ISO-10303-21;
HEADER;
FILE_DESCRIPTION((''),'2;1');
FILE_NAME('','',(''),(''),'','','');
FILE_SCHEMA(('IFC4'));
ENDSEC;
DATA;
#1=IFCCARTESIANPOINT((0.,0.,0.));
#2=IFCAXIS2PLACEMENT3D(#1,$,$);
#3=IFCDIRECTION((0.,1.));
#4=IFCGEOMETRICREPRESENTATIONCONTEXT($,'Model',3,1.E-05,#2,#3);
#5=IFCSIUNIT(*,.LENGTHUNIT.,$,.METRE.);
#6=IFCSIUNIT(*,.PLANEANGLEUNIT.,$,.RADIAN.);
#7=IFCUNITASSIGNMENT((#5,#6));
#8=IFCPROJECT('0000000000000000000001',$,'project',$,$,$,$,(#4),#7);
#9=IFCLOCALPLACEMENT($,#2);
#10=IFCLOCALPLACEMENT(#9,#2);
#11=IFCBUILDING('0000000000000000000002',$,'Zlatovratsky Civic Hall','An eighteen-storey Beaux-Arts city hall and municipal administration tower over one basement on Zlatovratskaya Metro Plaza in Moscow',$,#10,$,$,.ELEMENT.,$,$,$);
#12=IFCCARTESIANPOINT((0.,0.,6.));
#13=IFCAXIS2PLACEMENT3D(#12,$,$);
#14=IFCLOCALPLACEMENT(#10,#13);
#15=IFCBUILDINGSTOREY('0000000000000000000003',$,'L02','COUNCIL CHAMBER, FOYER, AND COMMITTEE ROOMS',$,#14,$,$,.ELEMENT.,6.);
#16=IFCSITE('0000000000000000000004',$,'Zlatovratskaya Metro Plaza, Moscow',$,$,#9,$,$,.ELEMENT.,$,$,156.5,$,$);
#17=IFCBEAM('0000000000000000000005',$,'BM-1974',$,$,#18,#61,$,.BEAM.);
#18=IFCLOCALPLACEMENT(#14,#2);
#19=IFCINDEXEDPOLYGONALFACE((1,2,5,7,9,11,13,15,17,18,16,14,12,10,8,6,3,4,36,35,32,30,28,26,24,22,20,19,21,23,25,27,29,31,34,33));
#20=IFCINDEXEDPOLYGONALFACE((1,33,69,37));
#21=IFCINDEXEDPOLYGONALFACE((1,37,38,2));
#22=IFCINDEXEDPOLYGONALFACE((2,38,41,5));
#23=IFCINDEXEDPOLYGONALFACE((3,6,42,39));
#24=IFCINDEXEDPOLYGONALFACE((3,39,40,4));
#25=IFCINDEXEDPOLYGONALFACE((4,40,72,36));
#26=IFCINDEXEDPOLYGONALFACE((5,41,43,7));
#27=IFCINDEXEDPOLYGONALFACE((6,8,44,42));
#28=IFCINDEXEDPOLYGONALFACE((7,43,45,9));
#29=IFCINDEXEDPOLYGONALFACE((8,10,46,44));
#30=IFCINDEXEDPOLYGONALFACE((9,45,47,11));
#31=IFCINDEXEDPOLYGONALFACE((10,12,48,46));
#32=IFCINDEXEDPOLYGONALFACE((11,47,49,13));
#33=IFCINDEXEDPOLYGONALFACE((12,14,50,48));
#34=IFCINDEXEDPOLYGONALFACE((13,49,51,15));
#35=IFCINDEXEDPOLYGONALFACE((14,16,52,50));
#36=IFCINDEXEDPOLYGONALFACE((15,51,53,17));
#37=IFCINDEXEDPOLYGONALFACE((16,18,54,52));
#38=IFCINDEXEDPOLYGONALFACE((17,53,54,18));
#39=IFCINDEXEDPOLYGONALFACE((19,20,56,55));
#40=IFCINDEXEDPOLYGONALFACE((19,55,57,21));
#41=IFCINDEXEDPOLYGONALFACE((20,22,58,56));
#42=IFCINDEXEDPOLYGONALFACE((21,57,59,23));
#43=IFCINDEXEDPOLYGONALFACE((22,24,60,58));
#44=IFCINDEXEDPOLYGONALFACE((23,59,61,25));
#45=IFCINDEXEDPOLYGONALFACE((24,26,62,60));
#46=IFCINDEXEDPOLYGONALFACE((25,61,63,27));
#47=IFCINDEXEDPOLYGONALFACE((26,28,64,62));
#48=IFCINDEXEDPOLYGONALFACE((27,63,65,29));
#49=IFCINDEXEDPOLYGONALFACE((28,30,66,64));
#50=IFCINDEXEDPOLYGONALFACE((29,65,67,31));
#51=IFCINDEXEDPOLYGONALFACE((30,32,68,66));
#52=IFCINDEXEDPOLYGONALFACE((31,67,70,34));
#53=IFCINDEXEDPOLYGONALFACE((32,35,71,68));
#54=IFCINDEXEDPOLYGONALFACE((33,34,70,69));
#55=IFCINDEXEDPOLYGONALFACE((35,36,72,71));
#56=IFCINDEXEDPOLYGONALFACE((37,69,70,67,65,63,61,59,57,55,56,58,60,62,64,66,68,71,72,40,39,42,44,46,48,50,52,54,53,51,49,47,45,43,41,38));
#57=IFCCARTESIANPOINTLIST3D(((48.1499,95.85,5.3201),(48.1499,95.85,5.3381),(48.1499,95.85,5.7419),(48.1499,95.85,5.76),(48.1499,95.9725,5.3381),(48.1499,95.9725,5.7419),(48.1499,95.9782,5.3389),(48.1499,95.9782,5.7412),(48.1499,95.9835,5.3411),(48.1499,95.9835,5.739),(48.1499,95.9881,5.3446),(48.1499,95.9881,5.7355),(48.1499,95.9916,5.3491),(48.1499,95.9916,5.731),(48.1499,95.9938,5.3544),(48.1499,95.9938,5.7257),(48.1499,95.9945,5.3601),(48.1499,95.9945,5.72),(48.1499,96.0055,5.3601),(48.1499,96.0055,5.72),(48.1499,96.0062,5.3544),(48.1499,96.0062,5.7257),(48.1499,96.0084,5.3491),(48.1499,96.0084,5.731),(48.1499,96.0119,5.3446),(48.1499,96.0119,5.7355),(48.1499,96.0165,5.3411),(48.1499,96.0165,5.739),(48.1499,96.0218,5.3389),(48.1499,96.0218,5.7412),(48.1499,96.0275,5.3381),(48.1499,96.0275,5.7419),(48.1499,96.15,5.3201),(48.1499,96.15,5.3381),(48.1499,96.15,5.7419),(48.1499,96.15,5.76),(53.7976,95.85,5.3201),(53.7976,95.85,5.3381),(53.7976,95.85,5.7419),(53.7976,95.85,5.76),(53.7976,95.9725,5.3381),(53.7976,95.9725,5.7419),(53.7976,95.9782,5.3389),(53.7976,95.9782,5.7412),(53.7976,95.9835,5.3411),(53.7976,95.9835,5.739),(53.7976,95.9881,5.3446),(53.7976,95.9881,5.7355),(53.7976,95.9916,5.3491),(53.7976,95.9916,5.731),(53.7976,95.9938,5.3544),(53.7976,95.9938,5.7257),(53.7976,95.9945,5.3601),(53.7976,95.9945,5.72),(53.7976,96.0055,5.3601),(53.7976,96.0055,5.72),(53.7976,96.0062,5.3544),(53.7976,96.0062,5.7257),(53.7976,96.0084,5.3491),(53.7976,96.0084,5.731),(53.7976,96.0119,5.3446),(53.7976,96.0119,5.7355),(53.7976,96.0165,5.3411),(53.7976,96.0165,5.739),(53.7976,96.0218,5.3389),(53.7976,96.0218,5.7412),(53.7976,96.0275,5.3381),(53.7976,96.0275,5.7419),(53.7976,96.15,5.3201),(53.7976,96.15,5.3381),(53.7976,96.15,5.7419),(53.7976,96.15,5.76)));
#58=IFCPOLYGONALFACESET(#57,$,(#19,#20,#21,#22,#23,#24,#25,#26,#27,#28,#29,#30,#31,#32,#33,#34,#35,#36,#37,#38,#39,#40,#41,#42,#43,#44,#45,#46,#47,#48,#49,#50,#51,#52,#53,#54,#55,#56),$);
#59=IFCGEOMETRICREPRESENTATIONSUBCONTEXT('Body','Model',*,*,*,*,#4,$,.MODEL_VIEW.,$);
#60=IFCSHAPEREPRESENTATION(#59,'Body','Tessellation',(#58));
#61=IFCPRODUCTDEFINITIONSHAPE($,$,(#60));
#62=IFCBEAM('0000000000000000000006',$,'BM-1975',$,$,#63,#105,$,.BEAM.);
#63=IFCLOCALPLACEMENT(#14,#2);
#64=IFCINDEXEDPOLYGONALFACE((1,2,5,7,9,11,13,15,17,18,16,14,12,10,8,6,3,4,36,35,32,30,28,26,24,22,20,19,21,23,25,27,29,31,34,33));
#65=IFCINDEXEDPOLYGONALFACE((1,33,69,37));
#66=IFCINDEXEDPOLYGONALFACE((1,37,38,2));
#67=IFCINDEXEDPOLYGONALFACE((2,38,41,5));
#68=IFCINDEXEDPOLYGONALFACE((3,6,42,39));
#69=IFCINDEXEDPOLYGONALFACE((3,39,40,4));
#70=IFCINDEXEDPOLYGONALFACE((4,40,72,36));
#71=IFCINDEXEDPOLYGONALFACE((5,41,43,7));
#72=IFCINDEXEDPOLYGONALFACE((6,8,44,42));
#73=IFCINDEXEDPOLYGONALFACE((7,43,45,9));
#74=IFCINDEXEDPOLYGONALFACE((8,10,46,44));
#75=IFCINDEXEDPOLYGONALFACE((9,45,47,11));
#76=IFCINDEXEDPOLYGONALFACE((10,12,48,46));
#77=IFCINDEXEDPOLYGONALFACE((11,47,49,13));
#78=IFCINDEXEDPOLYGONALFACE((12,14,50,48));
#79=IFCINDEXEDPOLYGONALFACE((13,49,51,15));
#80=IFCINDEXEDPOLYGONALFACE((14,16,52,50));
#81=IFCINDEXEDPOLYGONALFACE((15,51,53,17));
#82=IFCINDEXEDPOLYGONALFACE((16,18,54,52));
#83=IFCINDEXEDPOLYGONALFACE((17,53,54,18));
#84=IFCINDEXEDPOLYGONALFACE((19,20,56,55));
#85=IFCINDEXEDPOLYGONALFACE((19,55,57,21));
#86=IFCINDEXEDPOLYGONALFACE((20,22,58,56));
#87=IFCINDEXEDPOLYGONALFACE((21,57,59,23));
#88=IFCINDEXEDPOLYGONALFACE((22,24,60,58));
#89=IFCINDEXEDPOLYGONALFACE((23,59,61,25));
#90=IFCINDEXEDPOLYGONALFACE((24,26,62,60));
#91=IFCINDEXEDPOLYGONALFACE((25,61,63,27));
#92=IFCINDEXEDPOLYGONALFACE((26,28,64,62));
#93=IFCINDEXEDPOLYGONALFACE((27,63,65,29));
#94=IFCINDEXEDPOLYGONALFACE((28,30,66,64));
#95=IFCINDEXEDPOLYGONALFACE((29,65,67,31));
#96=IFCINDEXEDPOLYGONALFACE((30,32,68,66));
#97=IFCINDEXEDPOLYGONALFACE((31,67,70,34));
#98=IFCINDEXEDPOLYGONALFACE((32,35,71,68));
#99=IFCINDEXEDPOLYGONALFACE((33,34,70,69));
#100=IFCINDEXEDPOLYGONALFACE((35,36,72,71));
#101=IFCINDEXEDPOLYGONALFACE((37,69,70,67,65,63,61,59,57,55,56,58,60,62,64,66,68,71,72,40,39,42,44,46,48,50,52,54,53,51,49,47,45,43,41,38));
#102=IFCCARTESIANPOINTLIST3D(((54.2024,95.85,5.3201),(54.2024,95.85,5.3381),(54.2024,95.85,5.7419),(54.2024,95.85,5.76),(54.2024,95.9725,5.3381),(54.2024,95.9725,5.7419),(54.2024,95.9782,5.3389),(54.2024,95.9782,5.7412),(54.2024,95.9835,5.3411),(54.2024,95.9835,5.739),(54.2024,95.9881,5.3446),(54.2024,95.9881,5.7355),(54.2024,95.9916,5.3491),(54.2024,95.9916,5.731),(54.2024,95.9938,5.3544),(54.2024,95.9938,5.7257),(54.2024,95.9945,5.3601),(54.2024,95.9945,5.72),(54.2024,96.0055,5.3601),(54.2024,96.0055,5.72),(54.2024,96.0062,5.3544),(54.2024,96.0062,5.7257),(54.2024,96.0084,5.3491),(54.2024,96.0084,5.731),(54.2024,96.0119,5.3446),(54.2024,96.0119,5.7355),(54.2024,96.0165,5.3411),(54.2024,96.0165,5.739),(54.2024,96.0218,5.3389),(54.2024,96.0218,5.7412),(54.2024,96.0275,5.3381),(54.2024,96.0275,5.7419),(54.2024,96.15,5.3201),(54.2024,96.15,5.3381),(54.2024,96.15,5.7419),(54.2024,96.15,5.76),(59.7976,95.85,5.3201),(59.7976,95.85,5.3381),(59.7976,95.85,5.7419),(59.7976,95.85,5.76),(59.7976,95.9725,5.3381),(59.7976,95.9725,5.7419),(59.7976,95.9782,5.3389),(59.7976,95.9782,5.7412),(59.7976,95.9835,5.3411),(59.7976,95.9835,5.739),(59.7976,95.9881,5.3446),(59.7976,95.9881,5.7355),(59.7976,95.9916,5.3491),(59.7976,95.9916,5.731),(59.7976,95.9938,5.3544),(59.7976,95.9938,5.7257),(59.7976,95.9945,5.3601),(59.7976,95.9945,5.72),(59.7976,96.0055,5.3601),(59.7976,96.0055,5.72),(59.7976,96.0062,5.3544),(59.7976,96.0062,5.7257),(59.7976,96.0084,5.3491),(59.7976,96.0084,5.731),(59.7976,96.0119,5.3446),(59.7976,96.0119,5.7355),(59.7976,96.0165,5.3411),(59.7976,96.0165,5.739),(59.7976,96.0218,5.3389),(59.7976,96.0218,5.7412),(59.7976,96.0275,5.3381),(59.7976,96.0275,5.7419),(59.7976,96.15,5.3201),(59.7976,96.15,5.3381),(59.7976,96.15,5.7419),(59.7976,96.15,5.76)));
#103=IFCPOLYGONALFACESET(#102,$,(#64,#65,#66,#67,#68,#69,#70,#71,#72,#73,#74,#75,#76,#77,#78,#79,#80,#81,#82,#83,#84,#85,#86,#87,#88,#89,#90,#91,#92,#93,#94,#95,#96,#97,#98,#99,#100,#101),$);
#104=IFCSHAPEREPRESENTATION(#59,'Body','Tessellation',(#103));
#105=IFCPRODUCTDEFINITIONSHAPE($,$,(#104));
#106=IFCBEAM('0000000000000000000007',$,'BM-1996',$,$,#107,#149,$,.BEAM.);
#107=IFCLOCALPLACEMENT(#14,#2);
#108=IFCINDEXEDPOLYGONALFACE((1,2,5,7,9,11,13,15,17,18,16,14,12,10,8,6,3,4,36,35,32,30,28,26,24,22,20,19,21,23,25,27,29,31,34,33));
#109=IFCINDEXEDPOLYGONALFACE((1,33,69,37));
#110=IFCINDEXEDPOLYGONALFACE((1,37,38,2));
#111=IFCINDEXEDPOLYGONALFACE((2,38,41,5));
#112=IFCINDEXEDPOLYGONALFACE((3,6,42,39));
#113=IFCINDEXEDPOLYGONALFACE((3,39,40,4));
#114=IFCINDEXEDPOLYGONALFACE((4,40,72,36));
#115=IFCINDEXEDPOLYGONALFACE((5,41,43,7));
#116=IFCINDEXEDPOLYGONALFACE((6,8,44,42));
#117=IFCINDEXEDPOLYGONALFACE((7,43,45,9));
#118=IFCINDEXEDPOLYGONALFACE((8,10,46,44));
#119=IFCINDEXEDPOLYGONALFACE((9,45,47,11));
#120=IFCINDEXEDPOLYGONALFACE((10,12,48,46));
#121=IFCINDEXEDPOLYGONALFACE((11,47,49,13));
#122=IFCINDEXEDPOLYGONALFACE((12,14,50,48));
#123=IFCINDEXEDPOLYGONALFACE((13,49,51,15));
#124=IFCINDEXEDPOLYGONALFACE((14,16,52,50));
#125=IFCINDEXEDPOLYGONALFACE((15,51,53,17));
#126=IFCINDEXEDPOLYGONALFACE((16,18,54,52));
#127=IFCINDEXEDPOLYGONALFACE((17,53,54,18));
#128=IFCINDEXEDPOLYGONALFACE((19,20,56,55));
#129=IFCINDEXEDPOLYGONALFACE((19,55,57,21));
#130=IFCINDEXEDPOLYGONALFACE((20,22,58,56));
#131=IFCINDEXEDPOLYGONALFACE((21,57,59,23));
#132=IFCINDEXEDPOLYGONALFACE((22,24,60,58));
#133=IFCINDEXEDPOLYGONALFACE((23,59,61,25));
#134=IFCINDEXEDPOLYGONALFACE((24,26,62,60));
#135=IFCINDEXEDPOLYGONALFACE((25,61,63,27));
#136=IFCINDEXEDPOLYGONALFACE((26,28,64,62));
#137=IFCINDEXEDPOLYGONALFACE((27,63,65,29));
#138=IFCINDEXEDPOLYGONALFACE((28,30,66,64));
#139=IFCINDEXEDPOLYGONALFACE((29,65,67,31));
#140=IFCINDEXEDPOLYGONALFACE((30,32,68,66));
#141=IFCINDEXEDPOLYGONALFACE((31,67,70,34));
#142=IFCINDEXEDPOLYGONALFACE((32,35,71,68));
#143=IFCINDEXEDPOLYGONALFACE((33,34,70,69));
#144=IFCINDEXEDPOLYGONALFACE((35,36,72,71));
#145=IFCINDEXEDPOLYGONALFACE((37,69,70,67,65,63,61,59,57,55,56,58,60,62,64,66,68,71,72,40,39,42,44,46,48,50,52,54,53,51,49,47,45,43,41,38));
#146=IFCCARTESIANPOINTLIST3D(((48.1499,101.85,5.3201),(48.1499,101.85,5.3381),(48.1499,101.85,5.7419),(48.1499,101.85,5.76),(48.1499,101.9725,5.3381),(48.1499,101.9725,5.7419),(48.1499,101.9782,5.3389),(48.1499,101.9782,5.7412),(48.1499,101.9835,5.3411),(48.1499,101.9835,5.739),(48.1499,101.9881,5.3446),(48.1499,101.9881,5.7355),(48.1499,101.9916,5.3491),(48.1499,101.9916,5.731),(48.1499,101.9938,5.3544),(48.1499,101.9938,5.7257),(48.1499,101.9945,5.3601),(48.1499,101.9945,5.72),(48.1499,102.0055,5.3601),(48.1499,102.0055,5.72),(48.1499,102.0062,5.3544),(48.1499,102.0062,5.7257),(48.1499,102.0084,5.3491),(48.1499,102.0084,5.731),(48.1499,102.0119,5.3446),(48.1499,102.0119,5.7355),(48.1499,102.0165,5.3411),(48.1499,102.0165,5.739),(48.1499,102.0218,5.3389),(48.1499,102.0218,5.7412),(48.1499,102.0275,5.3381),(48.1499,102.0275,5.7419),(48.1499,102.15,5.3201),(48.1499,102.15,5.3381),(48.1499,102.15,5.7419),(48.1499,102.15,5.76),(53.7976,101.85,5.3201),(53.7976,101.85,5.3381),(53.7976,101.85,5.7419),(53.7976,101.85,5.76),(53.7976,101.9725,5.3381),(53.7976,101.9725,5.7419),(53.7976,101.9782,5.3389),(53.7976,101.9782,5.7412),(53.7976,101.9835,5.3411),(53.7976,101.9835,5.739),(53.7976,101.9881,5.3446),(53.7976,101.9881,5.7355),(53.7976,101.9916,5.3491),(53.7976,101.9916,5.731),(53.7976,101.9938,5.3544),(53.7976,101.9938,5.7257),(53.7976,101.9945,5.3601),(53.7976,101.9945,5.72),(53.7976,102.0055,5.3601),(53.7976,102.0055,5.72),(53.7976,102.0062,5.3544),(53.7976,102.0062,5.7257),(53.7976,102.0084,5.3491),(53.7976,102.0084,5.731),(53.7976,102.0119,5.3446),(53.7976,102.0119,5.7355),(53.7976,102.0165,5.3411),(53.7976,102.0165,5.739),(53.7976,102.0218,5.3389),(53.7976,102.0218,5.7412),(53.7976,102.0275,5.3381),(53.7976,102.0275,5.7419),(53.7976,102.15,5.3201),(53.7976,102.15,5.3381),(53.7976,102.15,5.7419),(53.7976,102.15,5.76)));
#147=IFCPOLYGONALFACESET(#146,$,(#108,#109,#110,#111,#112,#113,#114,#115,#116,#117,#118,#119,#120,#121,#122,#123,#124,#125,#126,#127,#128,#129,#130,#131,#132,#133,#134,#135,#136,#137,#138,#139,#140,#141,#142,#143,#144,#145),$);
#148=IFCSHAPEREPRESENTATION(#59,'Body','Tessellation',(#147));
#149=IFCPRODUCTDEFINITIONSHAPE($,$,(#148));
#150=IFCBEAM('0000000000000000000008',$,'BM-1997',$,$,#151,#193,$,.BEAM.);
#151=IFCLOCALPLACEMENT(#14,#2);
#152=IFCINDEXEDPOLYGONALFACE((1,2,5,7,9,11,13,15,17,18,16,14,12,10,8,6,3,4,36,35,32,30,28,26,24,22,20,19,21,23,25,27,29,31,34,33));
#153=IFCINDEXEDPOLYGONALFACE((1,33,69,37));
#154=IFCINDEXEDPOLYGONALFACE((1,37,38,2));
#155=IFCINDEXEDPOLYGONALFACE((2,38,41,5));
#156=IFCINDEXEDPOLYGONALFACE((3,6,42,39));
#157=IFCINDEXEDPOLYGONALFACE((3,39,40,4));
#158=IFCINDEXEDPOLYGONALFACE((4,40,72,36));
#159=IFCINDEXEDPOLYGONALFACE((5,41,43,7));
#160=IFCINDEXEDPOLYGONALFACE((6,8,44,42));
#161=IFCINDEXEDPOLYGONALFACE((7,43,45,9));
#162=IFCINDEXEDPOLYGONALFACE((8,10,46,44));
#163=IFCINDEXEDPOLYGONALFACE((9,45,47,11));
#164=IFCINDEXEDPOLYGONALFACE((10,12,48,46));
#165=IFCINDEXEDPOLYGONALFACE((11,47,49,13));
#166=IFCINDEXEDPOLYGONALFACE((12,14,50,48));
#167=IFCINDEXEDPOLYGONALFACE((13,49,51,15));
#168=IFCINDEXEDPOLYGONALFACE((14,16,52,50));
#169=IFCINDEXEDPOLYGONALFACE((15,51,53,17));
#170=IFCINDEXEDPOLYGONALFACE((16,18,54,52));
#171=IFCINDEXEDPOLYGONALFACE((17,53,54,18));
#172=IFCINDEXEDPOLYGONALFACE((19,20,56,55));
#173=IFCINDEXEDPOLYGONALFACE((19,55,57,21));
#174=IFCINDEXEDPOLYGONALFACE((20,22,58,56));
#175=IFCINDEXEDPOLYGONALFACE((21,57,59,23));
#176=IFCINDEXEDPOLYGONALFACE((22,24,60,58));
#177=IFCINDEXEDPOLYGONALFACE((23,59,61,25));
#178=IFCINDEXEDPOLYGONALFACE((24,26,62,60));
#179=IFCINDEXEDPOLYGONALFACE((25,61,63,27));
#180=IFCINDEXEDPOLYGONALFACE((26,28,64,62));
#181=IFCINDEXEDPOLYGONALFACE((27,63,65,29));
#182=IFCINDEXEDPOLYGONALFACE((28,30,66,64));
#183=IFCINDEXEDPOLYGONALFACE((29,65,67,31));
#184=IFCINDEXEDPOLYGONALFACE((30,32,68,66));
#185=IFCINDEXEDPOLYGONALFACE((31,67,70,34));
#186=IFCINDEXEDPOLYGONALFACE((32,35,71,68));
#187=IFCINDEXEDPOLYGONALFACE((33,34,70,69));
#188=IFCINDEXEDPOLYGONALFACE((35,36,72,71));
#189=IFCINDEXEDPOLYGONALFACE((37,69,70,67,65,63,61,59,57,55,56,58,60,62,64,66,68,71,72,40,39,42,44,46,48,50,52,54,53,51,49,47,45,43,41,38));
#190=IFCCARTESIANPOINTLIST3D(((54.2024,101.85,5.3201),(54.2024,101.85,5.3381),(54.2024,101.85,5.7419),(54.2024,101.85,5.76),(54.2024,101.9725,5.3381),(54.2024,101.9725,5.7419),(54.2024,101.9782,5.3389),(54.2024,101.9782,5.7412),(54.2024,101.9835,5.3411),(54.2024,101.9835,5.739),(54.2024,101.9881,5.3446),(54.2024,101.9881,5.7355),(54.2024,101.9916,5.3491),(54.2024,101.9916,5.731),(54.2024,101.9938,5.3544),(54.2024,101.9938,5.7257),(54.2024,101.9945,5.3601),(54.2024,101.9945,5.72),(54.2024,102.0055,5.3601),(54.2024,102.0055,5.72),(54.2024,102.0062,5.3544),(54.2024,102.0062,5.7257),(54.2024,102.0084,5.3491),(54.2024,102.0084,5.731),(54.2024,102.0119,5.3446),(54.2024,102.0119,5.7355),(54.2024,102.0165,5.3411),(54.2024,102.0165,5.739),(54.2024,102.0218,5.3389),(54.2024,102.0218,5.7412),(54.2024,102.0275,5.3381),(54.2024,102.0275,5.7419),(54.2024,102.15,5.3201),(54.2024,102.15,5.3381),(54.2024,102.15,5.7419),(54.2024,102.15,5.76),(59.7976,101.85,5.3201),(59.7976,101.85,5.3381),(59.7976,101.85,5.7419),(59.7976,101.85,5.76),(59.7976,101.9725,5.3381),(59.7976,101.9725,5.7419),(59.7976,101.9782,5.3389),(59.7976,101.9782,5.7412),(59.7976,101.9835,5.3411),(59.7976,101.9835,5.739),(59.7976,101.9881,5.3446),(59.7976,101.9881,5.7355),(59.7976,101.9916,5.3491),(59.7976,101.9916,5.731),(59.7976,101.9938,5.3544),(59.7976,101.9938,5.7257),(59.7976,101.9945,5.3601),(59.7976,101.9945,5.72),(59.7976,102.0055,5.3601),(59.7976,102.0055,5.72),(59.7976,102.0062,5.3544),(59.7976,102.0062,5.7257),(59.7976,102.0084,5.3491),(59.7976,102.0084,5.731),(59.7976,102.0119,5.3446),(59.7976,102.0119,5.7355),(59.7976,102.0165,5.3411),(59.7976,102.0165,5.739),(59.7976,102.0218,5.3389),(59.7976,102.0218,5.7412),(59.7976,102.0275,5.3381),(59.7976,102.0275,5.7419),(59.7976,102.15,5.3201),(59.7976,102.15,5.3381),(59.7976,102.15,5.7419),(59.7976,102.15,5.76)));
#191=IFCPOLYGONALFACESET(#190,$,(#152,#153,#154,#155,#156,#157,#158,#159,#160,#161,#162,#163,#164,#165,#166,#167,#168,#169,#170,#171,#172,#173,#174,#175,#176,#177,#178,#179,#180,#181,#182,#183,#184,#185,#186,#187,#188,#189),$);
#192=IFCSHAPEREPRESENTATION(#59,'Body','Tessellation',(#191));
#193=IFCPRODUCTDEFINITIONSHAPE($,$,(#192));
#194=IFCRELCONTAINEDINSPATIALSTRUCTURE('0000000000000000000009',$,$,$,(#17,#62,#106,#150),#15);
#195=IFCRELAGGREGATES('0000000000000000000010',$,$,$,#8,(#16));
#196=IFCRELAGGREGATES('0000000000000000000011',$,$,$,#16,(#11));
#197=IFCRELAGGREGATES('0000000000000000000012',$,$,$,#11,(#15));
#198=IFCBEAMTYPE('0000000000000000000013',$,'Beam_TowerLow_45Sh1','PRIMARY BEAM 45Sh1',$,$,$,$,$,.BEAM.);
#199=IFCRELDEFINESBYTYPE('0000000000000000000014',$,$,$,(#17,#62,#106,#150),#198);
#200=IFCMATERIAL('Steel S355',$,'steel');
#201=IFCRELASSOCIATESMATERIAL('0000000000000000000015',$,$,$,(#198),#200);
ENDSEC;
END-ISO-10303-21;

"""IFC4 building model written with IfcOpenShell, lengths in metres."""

from ifc_helpers import new_model, si_unit, direction, frame, origin, origin_2d, place, context, subcontext, project, spatial, i_section, extrude, material, material_profile, profile_set, type_object, element, save


model = new_model("IFC4")

# Units and contexts
model_context = context("Model", 3, precision=1e-05, world=origin(), true_north=direction((0.0, 1.0)))
body_context = subcontext(model_context, "Body", "Model", "MODEL_VIEW")
ifc_project = project(units=[si_unit("LENGTHUNIT", "METRE"), si_unit("PLANEANGLEUNIT", "RADIAN")], contexts=[model_context])

# Site, building, storey
site_placement = place(None, origin())
site = spatial("IfcSite", under=ifc_project, at=site_placement, Name="Zlatovratskaya Metro Plaza, Moscow", CompositionType="ELEMENT", RefElevation=156.5)
building_placement = place(site_placement, origin())
building = spatial("IfcBuilding", under=site, at=building_placement, Name="Zlatovratsky Civic Hall", Description="An eighteen-storey Beaux-Arts city hall and municipal administration tower over one basement on Zlatovratskaya Metro Plaza in Moscow", CompositionType="ELEMENT")
storey_placement = place(building_placement, frame((0.0, 0.0, 6.0)))
storey = spatial("IfcBuildingStorey", under=building, at=storey_placement, Name="L02", Description="COUNCIL CHAMBER, FOYER, AND COMMITTEE ROOMS", CompositionType="ELEMENT", Elevation=6.0)

# Shared definitions
ifc_material_1 = material(Name="Steel S355", Category="steel")

# Beams
ifc_material_profile_1 = material_profile(ifc_material_1, i_section(OverallWidth=0.3, OverallDepth=0.4399, WebThickness=0.011, FlangeThickness=0.0181, FilletRadius=0.022, at=origin_2d()), Name="45Sh1")
ifc_profile_set_1 = profile_set([ifc_material_profile_1], Name="Steel S355")
beam_type_1 = type_object("IfcBeamType", Name="Beam_TowerLow_45Sh1", Description="PRIMARY BEAM 45Sh1", PredefinedType="BEAM", material=ifc_profile_set_1)
beam_1_placement = place(storey_placement, frame((48.1499, 96.0, 5.54), z_axis=(1.0, 0.0, 0.0), x_axis=(0.0, 1.0, 0.0)))
element("IfcBeam", 1, at=beam_1_placement, inside=storey, type_object=beam_type_1, Name="BM-1974", PredefinedType="BEAM", context=body_context, shape_type="SweptSolid", body=[
    extrude(i_section(OverallWidth=0.3, OverallDepth=0.4399, WebThickness=0.011, FlangeThickness=0.0181, FilletRadius=0.022, at=origin_2d()), origin(), (0.0, 0.0, 1.0), 5.6477),
])
beam_2_placement = place(storey_placement, frame((54.2024, 96.0, 5.54), z_axis=(1.0, 0.0, 0.0), x_axis=(0.0, 1.0, 0.0)))
element("IfcBeam", 2, at=beam_2_placement, inside=storey, type_object=beam_type_1, Name="BM-1975", PredefinedType="BEAM", context=body_context, shape_type="SweptSolid", body=[
    extrude(i_section(OverallWidth=0.3, OverallDepth=0.4399, WebThickness=0.011, FlangeThickness=0.0181, FilletRadius=0.022, at=origin_2d()), origin(), (0.0, 0.0, 1.0), 5.5952),
])
beam_3_placement = place(storey_placement, frame((48.1499, 102.0, 5.54), z_axis=(1.0, 0.0, 0.0), x_axis=(0.0, 1.0, 0.0)))
element("IfcBeam", 3, at=beam_3_placement, inside=storey, type_object=beam_type_1, Name="BM-1996", PredefinedType="BEAM", context=body_context, shape_type="SweptSolid", body=[
    extrude(i_section(OverallWidth=0.3, OverallDepth=0.4399, WebThickness=0.011, FlangeThickness=0.0181, FilletRadius=0.022, at=origin_2d()), origin(), (0.0, 0.0, 1.0), 5.6477),
])
beam_4_placement = place(storey_placement, frame((54.2024, 102.0, 5.54), z_axis=(1.0, 0.0, 0.0), x_axis=(0.0, 1.0, 0.0)))
element("IfcBeam", 4, at=beam_4_placement, inside=storey, type_object=beam_type_1, Name="BM-1997", PredefinedType="BEAM", context=body_context, shape_type="SweptSolid", body=[
    extrude(i_section(OverallWidth=0.3, OverallDepth=0.4399, WebThickness=0.011, FlangeThickness=0.0181, FilletRadius=0.022, at=origin_2d()), origin(), (0.0, 0.0, 1.0), 5.5952),
])

save(model, "model.ifc")
